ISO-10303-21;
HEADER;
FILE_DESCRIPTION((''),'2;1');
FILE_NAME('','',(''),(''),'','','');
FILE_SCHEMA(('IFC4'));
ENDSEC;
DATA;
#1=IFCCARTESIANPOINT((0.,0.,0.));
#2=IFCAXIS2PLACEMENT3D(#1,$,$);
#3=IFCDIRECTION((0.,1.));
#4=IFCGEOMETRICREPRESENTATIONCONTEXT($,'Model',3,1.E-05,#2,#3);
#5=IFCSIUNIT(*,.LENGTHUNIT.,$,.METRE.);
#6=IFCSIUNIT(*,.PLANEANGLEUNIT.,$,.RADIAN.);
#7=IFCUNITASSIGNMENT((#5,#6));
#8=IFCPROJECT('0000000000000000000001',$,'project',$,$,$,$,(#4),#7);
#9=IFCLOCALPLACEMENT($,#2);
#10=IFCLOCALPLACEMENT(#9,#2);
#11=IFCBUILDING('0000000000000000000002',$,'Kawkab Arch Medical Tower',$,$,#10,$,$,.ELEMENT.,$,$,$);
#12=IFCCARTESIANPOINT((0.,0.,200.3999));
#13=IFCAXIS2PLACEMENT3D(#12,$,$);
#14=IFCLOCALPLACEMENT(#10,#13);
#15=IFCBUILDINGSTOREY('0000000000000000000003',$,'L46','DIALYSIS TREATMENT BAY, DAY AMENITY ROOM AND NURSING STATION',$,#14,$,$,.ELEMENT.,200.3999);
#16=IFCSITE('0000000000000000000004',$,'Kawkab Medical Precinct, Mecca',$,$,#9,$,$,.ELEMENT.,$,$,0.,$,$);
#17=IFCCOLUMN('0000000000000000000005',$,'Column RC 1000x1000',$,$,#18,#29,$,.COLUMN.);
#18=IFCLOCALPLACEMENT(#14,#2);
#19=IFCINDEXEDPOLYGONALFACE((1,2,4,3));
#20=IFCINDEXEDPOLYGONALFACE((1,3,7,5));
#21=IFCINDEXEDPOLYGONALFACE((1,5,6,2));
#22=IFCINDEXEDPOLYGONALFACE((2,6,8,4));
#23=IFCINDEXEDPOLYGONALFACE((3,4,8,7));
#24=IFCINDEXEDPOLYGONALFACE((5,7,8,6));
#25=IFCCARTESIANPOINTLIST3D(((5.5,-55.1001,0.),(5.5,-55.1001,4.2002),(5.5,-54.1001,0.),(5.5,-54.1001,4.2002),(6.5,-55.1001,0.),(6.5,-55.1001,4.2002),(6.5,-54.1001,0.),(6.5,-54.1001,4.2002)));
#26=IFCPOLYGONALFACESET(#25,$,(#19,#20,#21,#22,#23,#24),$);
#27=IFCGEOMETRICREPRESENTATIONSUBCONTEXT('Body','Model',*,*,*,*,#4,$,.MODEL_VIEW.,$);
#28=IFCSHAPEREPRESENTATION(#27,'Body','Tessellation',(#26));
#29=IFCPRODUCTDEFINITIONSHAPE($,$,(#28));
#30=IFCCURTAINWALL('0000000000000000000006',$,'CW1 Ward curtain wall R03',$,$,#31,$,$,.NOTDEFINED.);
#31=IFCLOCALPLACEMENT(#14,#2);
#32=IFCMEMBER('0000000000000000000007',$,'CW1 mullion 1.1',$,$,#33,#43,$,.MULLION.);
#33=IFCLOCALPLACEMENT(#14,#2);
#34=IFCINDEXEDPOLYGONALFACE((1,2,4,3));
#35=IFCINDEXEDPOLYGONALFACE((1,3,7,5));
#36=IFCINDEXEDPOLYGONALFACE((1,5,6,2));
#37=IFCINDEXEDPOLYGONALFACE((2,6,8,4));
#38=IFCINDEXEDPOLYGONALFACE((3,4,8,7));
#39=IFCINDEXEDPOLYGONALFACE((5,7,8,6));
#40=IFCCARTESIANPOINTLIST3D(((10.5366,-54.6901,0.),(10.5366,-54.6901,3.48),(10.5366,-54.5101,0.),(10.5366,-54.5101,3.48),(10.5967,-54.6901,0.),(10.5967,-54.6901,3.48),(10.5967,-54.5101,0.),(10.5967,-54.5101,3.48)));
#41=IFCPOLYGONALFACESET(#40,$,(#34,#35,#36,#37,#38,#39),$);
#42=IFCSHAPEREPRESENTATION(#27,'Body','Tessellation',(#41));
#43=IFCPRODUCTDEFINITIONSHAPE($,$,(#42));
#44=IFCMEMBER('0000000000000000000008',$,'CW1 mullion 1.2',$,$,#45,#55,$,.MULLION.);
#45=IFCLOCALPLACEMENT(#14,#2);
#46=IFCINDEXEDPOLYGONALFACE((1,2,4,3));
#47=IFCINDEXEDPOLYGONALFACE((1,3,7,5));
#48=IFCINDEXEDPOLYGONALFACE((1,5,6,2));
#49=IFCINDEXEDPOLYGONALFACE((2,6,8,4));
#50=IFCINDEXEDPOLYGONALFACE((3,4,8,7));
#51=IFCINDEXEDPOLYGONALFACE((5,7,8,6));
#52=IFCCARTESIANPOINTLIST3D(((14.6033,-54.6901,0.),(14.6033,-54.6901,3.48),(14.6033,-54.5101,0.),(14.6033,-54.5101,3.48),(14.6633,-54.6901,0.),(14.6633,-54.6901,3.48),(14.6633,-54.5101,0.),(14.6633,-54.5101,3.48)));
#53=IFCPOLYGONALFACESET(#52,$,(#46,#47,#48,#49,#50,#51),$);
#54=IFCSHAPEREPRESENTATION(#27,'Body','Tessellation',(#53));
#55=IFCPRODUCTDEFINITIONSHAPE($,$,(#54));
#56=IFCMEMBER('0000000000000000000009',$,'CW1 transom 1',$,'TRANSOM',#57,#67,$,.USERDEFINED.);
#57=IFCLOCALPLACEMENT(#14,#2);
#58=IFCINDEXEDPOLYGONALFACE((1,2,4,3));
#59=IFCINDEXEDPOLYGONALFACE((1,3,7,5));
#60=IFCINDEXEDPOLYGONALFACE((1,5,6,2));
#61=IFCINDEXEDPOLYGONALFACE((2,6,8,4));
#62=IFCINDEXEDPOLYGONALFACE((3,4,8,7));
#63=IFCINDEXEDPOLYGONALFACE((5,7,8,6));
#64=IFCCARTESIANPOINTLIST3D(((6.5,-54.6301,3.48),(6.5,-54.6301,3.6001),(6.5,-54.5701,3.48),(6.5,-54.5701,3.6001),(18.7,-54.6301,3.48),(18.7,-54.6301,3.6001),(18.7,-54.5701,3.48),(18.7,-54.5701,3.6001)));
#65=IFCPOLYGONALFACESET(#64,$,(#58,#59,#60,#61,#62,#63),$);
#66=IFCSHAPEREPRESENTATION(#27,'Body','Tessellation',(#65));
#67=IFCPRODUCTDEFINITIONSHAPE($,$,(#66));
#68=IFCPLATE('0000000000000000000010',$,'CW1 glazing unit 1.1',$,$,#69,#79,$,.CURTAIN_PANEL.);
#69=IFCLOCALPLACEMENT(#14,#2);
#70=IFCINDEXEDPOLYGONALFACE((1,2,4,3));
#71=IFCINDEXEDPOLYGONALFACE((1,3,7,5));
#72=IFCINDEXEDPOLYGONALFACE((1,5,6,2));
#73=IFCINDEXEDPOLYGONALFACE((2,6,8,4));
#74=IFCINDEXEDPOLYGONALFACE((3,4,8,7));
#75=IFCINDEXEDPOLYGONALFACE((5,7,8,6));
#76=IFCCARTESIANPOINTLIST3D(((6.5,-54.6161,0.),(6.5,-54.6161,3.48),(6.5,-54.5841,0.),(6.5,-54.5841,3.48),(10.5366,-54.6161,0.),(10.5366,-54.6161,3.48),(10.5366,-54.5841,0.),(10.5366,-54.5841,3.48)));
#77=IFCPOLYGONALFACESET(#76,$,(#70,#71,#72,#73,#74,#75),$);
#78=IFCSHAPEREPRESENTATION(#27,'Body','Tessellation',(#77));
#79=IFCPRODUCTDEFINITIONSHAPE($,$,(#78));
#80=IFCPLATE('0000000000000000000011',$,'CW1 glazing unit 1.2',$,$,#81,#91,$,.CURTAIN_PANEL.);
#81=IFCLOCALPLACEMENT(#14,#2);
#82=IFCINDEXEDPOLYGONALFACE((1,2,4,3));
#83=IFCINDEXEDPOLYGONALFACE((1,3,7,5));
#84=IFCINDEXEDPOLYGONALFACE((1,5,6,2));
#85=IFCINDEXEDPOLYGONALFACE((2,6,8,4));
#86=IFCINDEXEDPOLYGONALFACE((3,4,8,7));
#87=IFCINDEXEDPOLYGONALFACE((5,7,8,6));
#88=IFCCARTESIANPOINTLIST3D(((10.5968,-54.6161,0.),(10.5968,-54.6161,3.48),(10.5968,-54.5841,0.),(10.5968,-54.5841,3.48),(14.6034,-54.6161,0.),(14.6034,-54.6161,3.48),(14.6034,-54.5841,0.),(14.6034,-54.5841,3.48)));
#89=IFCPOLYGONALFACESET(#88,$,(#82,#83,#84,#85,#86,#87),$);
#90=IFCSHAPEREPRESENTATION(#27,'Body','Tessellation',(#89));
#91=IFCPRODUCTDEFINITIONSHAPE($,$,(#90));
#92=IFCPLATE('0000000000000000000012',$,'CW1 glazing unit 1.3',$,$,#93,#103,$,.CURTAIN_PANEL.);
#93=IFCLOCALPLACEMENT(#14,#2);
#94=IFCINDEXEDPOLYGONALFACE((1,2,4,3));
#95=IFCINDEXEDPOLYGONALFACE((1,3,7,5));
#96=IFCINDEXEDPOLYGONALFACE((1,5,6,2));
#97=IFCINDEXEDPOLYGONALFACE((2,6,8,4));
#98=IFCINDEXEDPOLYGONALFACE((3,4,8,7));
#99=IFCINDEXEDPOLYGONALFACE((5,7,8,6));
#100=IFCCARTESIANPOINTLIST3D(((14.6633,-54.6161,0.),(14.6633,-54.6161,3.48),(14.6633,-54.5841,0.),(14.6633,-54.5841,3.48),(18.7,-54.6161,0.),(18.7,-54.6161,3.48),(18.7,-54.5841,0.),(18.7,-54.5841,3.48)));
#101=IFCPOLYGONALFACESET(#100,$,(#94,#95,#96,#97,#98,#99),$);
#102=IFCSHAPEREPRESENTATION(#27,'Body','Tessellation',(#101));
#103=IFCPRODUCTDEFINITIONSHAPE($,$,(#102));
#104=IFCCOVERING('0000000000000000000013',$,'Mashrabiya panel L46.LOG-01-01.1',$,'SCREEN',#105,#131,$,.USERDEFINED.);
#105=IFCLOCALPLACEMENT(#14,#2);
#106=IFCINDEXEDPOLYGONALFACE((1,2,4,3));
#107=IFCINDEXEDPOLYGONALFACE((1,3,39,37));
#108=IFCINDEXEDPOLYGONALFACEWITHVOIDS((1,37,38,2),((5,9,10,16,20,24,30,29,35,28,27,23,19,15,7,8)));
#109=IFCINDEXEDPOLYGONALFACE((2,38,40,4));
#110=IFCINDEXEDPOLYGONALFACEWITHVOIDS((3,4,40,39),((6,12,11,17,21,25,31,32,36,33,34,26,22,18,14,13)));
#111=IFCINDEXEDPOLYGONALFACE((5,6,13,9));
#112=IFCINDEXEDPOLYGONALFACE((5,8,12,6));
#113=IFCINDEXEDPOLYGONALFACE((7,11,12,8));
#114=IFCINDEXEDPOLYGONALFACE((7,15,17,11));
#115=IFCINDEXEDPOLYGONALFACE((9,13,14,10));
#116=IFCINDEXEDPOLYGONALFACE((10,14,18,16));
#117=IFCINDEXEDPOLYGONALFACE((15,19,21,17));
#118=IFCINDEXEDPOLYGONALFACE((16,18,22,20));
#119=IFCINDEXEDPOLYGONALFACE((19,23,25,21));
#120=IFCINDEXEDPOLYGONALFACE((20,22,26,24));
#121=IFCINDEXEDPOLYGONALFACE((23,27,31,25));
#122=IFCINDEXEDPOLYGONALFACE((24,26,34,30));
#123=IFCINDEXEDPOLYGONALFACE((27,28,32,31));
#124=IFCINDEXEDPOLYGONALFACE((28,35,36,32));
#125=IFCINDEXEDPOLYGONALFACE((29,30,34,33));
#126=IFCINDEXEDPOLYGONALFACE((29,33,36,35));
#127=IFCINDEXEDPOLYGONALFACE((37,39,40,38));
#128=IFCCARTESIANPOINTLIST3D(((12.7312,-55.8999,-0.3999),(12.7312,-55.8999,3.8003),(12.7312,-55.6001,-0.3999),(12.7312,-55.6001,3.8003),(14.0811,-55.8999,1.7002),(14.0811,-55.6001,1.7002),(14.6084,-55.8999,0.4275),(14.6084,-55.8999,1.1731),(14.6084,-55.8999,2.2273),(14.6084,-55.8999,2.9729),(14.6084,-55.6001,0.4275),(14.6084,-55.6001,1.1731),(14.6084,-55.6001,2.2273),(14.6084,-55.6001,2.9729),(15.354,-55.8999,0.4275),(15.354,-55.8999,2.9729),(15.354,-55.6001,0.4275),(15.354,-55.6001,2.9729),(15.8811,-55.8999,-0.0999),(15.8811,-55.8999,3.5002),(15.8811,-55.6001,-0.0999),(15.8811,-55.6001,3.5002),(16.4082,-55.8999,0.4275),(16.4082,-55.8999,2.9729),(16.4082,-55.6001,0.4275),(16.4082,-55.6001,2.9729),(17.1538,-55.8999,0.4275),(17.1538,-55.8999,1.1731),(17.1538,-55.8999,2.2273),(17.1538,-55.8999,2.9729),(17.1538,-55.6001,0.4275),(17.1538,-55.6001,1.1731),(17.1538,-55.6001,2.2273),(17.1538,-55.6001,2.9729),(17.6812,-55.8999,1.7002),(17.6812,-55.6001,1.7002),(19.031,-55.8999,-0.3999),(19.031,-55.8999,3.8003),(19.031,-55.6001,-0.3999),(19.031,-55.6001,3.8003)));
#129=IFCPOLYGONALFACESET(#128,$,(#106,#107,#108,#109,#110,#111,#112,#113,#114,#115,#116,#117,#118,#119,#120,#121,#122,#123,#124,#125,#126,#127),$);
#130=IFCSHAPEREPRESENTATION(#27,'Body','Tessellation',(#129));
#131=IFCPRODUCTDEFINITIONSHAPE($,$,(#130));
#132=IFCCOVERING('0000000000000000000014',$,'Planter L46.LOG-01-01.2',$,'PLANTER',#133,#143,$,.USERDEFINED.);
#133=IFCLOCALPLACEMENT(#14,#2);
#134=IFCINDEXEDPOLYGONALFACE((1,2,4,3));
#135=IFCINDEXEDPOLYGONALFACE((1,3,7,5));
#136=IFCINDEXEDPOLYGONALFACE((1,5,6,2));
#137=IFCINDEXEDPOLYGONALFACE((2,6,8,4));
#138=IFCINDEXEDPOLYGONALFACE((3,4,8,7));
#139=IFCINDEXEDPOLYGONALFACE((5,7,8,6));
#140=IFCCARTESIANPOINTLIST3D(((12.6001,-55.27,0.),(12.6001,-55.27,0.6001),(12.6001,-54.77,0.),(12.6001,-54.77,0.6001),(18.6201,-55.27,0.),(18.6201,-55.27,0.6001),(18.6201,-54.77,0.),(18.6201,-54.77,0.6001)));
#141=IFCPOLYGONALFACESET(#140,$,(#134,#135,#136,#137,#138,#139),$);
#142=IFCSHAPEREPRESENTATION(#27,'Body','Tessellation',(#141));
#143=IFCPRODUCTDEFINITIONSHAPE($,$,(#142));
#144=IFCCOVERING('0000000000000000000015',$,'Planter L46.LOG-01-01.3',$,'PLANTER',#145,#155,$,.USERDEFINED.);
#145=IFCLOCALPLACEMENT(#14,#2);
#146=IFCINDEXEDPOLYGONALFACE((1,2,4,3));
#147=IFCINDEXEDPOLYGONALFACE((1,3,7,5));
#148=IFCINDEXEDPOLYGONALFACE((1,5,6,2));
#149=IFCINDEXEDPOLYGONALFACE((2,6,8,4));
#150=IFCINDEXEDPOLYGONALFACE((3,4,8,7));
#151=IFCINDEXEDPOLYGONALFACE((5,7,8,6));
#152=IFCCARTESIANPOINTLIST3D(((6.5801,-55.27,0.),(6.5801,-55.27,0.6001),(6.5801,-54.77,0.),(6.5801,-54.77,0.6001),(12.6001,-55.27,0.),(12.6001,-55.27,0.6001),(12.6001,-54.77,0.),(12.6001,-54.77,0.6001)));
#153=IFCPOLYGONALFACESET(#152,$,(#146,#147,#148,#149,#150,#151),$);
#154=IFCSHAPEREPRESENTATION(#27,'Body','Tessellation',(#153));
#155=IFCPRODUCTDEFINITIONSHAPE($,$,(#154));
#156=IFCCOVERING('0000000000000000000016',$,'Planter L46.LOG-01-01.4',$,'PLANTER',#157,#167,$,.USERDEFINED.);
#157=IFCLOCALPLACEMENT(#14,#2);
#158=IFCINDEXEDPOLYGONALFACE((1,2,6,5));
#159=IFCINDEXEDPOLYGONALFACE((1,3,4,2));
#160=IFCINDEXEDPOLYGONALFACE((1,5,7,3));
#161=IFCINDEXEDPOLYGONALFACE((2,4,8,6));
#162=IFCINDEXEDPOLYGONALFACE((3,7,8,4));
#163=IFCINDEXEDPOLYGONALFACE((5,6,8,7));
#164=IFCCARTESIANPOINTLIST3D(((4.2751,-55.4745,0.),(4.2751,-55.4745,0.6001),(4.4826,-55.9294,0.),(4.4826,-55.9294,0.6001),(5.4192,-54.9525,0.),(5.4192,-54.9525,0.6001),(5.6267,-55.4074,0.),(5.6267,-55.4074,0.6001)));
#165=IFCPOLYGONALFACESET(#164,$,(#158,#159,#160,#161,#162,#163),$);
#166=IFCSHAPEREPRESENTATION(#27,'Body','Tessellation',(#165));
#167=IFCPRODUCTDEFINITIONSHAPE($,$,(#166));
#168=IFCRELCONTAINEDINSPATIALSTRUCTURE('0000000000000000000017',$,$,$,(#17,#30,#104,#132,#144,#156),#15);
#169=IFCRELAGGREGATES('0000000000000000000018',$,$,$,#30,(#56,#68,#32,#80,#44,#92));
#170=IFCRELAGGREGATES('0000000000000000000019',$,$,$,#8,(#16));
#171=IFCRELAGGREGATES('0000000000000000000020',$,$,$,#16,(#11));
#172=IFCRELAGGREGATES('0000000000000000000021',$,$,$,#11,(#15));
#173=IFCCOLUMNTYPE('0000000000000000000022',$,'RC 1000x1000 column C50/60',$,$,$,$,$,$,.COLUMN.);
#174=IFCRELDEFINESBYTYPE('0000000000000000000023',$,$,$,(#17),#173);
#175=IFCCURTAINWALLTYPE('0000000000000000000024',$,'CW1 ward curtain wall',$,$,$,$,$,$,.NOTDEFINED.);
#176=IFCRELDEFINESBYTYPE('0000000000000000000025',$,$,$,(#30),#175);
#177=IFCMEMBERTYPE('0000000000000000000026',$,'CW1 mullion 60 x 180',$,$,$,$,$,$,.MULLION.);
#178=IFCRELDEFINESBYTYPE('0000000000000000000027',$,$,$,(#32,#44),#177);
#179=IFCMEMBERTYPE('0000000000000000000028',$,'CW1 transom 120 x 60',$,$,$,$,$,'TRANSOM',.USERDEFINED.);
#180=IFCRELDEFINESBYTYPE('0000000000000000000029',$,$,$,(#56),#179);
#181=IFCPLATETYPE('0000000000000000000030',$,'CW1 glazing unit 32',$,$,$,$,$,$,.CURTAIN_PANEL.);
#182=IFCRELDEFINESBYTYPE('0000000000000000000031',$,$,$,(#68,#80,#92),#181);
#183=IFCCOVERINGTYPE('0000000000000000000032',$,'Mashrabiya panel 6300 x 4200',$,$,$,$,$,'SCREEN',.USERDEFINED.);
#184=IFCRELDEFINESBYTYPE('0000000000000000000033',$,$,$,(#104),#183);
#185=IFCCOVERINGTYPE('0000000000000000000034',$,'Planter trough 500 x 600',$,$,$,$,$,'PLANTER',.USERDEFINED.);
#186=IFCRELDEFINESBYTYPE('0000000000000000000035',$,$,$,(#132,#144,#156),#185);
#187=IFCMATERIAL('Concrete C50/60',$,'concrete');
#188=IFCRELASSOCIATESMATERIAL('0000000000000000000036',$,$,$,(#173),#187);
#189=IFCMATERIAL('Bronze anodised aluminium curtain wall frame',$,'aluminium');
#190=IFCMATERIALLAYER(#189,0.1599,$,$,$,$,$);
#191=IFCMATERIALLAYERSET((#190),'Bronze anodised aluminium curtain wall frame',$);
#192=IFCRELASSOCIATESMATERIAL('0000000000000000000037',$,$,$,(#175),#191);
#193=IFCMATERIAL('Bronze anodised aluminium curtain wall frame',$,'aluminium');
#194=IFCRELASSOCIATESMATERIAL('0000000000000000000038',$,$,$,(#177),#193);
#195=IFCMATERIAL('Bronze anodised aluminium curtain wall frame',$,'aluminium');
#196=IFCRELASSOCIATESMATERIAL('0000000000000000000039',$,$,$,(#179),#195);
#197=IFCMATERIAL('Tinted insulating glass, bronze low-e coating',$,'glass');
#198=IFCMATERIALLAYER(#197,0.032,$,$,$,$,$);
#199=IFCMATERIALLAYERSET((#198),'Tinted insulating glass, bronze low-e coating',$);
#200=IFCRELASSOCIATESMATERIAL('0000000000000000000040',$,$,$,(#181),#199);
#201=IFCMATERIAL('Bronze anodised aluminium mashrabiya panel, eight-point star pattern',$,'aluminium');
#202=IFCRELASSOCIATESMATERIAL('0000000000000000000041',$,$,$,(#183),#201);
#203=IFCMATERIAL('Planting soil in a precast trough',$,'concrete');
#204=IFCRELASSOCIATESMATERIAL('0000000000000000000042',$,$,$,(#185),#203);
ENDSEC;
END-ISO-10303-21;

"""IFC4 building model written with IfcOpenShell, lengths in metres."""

from ifc_helpers import new_model, si_unit, direction, frame, origin, origin_2d, place, context, subcontext, project, spatial, polyline, rectangle, outline, extrude, material, layer, layer_set, material_profile, profile_set, type_object, element, aggregate, save


model = new_model("IFC4")

# Units and contexts
model_context = context("Model", 3, precision=1e-05, world=origin(), true_north=direction((0.0, 1.0)))
body_context = subcontext(model_context, "Body", "Model", "MODEL_VIEW")
ifc_project = project(units=[si_unit("LENGTHUNIT", "METRE"), si_unit("PLANEANGLEUNIT", "RADIAN")], contexts=[model_context])

# Site, building, storey
site_placement = place(None, origin())
site = spatial("IfcSite", under=ifc_project, at=site_placement, Name="Kawkab Medical Precinct, Mecca", CompositionType="ELEMENT", RefElevation=0.0)
building_placement = place(site_placement, origin())
building = spatial("IfcBuilding", under=site, at=building_placement, Name="Kawkab Arch Medical Tower", CompositionType="ELEMENT")
storey_placement = place(building_placement, frame((0.0, 0.0, 200.3999)))
storey = spatial("IfcBuildingStorey", under=building, at=storey_placement, Name="L46", Description="DIALYSIS TREATMENT BAY, DAY AMENITY ROOM AND NURSING STATION", CompositionType="ELEMENT", Elevation=200.3999)

# Column
ifc_material_1 = material(Name="Concrete C50/60", Category="concrete")
ifc_material_profile_1 = material_profile(ifc_material_1, rectangle(XDim=1.0, YDim=1.0, at=origin_2d()), Name="RC 1000x1000")
ifc_profile_set_1 = profile_set([ifc_material_profile_1], Name="Concrete C50/60")
column_type = type_object("IfcColumnType", Name="RC 1000x1000 column C50/60", PredefinedType="COLUMN", material=ifc_profile_set_1)
column_placement = place(storey_placement, frame((6.0, -54.6001, 0.0), z_axis=(0.0, 0.0, 1.0), x_axis=(1.0, 0.0, 0.0)))
element("IfcColumn", 1, at=column_placement, inside=storey, type_object=column_type, Name="Column RC 1000x1000", PredefinedType="COLUMN", context=body_context, shape_type="SweptSolid", body=[
    extrude(rectangle(XDim=1.0, YDim=1.0, at=origin_2d()), origin(), (0.0, 0.0, 1.0), 4.2002),
])

# Curtain wall, members, plates
ifc_material_2 = material(Name="Bronze anodised aluminium curtain wall frame", Category="aluminium")
ifc_layer_1 = layer(ifc_material_2, 0.1599)
ifc_layer_set_1 = layer_set([ifc_layer_1], Name="Bronze anodised aluminium curtain wall frame")
curtain_wall_type = type_object("IfcCurtainWallType", Name="CW1 ward curtain wall", PredefinedType="NOTDEFINED", material=ifc_layer_set_1)
curtain_wall_placement = place(storey_placement, origin())
curtain_wall = element("IfcCurtainWall", 2, at=curtain_wall_placement, inside=storey, type_object=curtain_wall_type, Name="CW1 Ward curtain wall R03", PredefinedType="NOTDEFINED")
ifc_material_3 = material(Name="Bronze anodised aluminium curtain wall frame", Category="aluminium")
ifc_material_profile_2 = material_profile(ifc_material_3, rectangle(XDim=0.1799, YDim=0.0601, at=origin_2d()), Name="AL 60x180")
ifc_profile_set_2 = profile_set([ifc_material_profile_2], Name="Bronze anodised aluminium curtain wall frame")
member_type_1 = type_object("IfcMemberType", Name="CW1 mullion 60 x 180", PredefinedType="MULLION", material=ifc_profile_set_2)
member_1_placement = place(storey_placement, frame((10.5667, -54.6001, 0.0), z_axis=(0.0, 0.0, 1.0), x_axis=(0.0, 1.0, 0.0)))
member_1 = element("IfcMember", 3, at=member_1_placement, type_object=member_type_1, Name="CW1 mullion 1.1", PredefinedType="MULLION", context=body_context, shape_type="SweptSolid", body=[
    extrude(rectangle(XDim=0.1799, YDim=0.0601, at=origin_2d()), origin(), (0.0, 0.0, 1.0), 3.48),
])
member_2_placement = place(storey_placement, frame((14.6333, -54.6001, 0.0), z_axis=(0.0, 0.0, 1.0), x_axis=(0.0, 1.0, 0.0)))
member_2 = element("IfcMember", 4, at=member_2_placement, type_object=member_type_1, Name="CW1 mullion 1.2", PredefinedType="MULLION", context=body_context, shape_type="SweptSolid", body=[
    extrude(rectangle(XDim=0.1799, YDim=0.0601, at=origin_2d()), origin(), (0.0, 0.0, 1.0), 3.48),
])
ifc_material_4 = material(Name="Bronze anodised aluminium curtain wall frame", Category="aluminium")
ifc_material_profile_3 = material_profile(ifc_material_4, rectangle(XDim=0.0601, YDim=0.1201, at=origin_2d()), Name="AL 60x120")
ifc_profile_set_3 = profile_set([ifc_material_profile_3], Name="Bronze anodised aluminium curtain wall frame")
member_type_2 = type_object("IfcMemberType", Name="CW1 transom 120 x 60", ElementType="TRANSOM", PredefinedType="USERDEFINED", material=ifc_profile_set_3)
member_3_placement = place(storey_placement, frame((6.5, -54.6001, 3.54), z_axis=(1.0, 0.0, 0.0), x_axis=(0.0, 1.0, 0.0)))
member_3 = element("IfcMember", 5, at=member_3_placement, type_object=member_type_2, Name="CW1 transom 1", ObjectType="TRANSOM", PredefinedType="USERDEFINED", context=body_context, shape_type="SweptSolid", body=[
    extrude(rectangle(XDim=0.0601, YDim=0.1201, at=origin_2d()), origin(), (0.0, 0.0, 1.0), 12.2),
])
ifc_material_5 = material(Name="Tinted insulating glass, bronze low-e coating", Category="glass")
ifc_layer_2 = layer(ifc_material_5, 0.032)
ifc_layer_set_2 = layer_set([ifc_layer_2], Name="Tinted insulating glass, bronze low-e coating")
plate_type = type_object("IfcPlateType", Name="CW1 glazing unit 32", PredefinedType="CURTAIN_PANEL", material=ifc_layer_set_2)
plate_1_placement = place(storey_placement, frame((8.5183, -54.6001, 0.0), z_axis=(0.0, 0.0, 1.0), x_axis=(1.0, 0.0, 0.0)))
plate_1 = element("IfcPlate", 6, at=plate_1_placement, type_object=plate_type, Name="CW1 glazing unit 1.1", PredefinedType="CURTAIN_PANEL", context=body_context, shape_type="SweptSolid", body=[
    extrude(rectangle(XDim=4.0366, YDim=0.032, at=origin_2d()), origin(), (0.0, 0.0, 1.0), 3.48),
])
plate_2_placement = place(storey_placement, frame((12.6001, -54.6001, 0.0), z_axis=(0.0, 0.0, 1.0), x_axis=(1.0, 0.0, 0.0)))
plate_2 = element("IfcPlate", 7, at=plate_2_placement, type_object=plate_type, Name="CW1 glazing unit 1.2", PredefinedType="CURTAIN_PANEL", context=body_context, shape_type="SweptSolid", body=[
    extrude(rectangle(XDim=4.0066, YDim=0.032, at=origin_2d()), origin(), (0.0, 0.0, 1.0), 3.48),
])
plate_3_placement = place(storey_placement, frame((16.6816, -54.6001, 0.0), z_axis=(0.0, 0.0, 1.0), x_axis=(1.0, 0.0, 0.0)))
plate_3 = element("IfcPlate", 8, at=plate_3_placement, type_object=plate_type, Name="CW1 glazing unit 1.3", PredefinedType="CURTAIN_PANEL", context=body_context, shape_type="SweptSolid", body=[
    extrude(rectangle(XDim=4.0366, YDim=0.032, at=origin_2d()), origin(), (0.0, 0.0, 1.0), 3.48),
])
aggregate(curtain_wall, [member_3, plate_1, member_1, plate_2, member_2, plate_3])

# Coverings
ifc_material_6 = material(Name="Bronze anodised aluminium mashrabiya panel, eight-point star pattern", Category="aluminium")
ifc_material_profile_4 = material_profile(ifc_material_6, outline(polyline([(-3.1499, -2.1001), (3.1499, -2.1001), (3.1499, 2.1001), (-3.1499, 2.1001), (-3.1499, -2.1001)]), holes=[polyline([(1.8, 0.0), (1.2727, 0.5271), (1.2727, 1.2727), (0.5271, 1.2727), (0.0, 1.8), (-0.5271, 1.2727), (-1.2727, 1.2727), (-1.2727, 0.5271), (-1.8, 0.0), (-1.2727, -0.5271), (-1.2727, -1.2727), (-0.5271, -1.2727), (0.0, -1.8), (0.5271, -1.2727), (1.2727, -1.2727), (1.2727, -0.5271), (1.8, 0.0)])]), Name="Mashrabiya panel 6300x4200")
ifc_profile_set_4 = profile_set([ifc_material_profile_4], Name="Bronze anodised aluminium mashrabiya panel, eight-point star pattern")
covering_type_1 = type_object("IfcCoveringType", Name="Mashrabiya panel 6300 x 4200", ElementType="SCREEN", PredefinedType="USERDEFINED", material=ifc_profile_set_4)
covering_1_placement = place(storey_placement, frame((15.8811, -55.6001, 1.7002), z_axis=(0.0, -1.0, 0.0), x_axis=(1.0, 0.0, 0.0)))
element("IfcCovering", 9, at=covering_1_placement, inside=storey, type_object=covering_type_1, Name="Mashrabiya panel L46.LOG-01-01.1", ObjectType="SCREEN", PredefinedType="USERDEFINED", context=body_context, shape_type="SweptSolid", body=[
    extrude(outline(polyline([(-3.1499, -2.1001), (3.1499, -2.1001), (3.1499, 2.1001), (-3.1499, 2.1001), (-3.1499, -2.1001)]), holes=[polyline([(1.8, 0.0), (1.2727, 0.5271), (1.2727, 1.2727), (0.5271, 1.2727), (0.0, 1.8), (-0.5271, 1.2727), (-1.2727, 1.2727), (-1.2727, 0.5271), (-1.8, 0.0), (-1.2727, -0.5271), (-1.2727, -1.2727), (-0.5271, -1.2727), (0.0, -1.8), (0.5271, -1.2727), (1.2727, -1.2727), (1.2727, -0.5271), (1.8, 0.0)])]), origin(), (0.0, 0.0, 1.0), 0.2998),
])
ifc_material_7 = material(Name="Planting soil in a precast trough", Category="concrete")
ifc_material_profile_5 = material_profile(ifc_material_7, rectangle(XDim=0.5, YDim=0.6001, at=origin_2d()), Name="Trough 500x600")
ifc_profile_set_5 = profile_set([ifc_material_profile_5], Name="Planting soil in a precast trough")
covering_type_2 = type_object("IfcCoveringType", Name="Planter trough 500 x 600", ElementType="PLANTER", PredefinedType="USERDEFINED", material=ifc_profile_set_5)
for number, where, z_axis, x_axis, name in (
    (10, (18.6201, -55.02, 0.3), (-1.0, 0.0, 0.0), (0.0, -1.0, 0.0), "Planter L46.LOG-01-01.2"),
    (11, (12.6001, -55.02, 0.3), (-1.0, 0.0, 0.0), (0.0, -1.0, 0.0), "Planter L46.LOG-01-01.3"),
):
    element("IfcCovering", number, at=place(storey_placement, frame(where, z_axis=z_axis, x_axis=x_axis)), inside=storey, type_object=covering_type_2, Name=name, ObjectType="PLANTER", PredefinedType="USERDEFINED", context=body_context, shape_type="SweptSolid", body=[
        extrude(rectangle(XDim=0.5, YDim=0.6001, at=origin_2d()), origin(), (0.0, 0.0, 1.0), 6.02),
    ])
covering_2_placement = place(storey_placement, frame((5.5229, -55.1799, 0.3), z_axis=(-0.90978, -0.41509, 0.0), x_axis=(0.41509, -0.90978, 0.0)))
element("IfcCovering", 12, at=covering_2_placement, inside=storey, type_object=covering_type_2, Name="Planter L46.LOG-01-01.4", ObjectType="PLANTER", PredefinedType="USERDEFINED", context=body_context, shape_type="SweptSolid", body=[
    extrude(rectangle(XDim=0.5, YDim=0.6001, at=origin_2d()), origin(), (0.0, 0.0, 1.0), 1.2576),
])

save(model, "model.ifc")
